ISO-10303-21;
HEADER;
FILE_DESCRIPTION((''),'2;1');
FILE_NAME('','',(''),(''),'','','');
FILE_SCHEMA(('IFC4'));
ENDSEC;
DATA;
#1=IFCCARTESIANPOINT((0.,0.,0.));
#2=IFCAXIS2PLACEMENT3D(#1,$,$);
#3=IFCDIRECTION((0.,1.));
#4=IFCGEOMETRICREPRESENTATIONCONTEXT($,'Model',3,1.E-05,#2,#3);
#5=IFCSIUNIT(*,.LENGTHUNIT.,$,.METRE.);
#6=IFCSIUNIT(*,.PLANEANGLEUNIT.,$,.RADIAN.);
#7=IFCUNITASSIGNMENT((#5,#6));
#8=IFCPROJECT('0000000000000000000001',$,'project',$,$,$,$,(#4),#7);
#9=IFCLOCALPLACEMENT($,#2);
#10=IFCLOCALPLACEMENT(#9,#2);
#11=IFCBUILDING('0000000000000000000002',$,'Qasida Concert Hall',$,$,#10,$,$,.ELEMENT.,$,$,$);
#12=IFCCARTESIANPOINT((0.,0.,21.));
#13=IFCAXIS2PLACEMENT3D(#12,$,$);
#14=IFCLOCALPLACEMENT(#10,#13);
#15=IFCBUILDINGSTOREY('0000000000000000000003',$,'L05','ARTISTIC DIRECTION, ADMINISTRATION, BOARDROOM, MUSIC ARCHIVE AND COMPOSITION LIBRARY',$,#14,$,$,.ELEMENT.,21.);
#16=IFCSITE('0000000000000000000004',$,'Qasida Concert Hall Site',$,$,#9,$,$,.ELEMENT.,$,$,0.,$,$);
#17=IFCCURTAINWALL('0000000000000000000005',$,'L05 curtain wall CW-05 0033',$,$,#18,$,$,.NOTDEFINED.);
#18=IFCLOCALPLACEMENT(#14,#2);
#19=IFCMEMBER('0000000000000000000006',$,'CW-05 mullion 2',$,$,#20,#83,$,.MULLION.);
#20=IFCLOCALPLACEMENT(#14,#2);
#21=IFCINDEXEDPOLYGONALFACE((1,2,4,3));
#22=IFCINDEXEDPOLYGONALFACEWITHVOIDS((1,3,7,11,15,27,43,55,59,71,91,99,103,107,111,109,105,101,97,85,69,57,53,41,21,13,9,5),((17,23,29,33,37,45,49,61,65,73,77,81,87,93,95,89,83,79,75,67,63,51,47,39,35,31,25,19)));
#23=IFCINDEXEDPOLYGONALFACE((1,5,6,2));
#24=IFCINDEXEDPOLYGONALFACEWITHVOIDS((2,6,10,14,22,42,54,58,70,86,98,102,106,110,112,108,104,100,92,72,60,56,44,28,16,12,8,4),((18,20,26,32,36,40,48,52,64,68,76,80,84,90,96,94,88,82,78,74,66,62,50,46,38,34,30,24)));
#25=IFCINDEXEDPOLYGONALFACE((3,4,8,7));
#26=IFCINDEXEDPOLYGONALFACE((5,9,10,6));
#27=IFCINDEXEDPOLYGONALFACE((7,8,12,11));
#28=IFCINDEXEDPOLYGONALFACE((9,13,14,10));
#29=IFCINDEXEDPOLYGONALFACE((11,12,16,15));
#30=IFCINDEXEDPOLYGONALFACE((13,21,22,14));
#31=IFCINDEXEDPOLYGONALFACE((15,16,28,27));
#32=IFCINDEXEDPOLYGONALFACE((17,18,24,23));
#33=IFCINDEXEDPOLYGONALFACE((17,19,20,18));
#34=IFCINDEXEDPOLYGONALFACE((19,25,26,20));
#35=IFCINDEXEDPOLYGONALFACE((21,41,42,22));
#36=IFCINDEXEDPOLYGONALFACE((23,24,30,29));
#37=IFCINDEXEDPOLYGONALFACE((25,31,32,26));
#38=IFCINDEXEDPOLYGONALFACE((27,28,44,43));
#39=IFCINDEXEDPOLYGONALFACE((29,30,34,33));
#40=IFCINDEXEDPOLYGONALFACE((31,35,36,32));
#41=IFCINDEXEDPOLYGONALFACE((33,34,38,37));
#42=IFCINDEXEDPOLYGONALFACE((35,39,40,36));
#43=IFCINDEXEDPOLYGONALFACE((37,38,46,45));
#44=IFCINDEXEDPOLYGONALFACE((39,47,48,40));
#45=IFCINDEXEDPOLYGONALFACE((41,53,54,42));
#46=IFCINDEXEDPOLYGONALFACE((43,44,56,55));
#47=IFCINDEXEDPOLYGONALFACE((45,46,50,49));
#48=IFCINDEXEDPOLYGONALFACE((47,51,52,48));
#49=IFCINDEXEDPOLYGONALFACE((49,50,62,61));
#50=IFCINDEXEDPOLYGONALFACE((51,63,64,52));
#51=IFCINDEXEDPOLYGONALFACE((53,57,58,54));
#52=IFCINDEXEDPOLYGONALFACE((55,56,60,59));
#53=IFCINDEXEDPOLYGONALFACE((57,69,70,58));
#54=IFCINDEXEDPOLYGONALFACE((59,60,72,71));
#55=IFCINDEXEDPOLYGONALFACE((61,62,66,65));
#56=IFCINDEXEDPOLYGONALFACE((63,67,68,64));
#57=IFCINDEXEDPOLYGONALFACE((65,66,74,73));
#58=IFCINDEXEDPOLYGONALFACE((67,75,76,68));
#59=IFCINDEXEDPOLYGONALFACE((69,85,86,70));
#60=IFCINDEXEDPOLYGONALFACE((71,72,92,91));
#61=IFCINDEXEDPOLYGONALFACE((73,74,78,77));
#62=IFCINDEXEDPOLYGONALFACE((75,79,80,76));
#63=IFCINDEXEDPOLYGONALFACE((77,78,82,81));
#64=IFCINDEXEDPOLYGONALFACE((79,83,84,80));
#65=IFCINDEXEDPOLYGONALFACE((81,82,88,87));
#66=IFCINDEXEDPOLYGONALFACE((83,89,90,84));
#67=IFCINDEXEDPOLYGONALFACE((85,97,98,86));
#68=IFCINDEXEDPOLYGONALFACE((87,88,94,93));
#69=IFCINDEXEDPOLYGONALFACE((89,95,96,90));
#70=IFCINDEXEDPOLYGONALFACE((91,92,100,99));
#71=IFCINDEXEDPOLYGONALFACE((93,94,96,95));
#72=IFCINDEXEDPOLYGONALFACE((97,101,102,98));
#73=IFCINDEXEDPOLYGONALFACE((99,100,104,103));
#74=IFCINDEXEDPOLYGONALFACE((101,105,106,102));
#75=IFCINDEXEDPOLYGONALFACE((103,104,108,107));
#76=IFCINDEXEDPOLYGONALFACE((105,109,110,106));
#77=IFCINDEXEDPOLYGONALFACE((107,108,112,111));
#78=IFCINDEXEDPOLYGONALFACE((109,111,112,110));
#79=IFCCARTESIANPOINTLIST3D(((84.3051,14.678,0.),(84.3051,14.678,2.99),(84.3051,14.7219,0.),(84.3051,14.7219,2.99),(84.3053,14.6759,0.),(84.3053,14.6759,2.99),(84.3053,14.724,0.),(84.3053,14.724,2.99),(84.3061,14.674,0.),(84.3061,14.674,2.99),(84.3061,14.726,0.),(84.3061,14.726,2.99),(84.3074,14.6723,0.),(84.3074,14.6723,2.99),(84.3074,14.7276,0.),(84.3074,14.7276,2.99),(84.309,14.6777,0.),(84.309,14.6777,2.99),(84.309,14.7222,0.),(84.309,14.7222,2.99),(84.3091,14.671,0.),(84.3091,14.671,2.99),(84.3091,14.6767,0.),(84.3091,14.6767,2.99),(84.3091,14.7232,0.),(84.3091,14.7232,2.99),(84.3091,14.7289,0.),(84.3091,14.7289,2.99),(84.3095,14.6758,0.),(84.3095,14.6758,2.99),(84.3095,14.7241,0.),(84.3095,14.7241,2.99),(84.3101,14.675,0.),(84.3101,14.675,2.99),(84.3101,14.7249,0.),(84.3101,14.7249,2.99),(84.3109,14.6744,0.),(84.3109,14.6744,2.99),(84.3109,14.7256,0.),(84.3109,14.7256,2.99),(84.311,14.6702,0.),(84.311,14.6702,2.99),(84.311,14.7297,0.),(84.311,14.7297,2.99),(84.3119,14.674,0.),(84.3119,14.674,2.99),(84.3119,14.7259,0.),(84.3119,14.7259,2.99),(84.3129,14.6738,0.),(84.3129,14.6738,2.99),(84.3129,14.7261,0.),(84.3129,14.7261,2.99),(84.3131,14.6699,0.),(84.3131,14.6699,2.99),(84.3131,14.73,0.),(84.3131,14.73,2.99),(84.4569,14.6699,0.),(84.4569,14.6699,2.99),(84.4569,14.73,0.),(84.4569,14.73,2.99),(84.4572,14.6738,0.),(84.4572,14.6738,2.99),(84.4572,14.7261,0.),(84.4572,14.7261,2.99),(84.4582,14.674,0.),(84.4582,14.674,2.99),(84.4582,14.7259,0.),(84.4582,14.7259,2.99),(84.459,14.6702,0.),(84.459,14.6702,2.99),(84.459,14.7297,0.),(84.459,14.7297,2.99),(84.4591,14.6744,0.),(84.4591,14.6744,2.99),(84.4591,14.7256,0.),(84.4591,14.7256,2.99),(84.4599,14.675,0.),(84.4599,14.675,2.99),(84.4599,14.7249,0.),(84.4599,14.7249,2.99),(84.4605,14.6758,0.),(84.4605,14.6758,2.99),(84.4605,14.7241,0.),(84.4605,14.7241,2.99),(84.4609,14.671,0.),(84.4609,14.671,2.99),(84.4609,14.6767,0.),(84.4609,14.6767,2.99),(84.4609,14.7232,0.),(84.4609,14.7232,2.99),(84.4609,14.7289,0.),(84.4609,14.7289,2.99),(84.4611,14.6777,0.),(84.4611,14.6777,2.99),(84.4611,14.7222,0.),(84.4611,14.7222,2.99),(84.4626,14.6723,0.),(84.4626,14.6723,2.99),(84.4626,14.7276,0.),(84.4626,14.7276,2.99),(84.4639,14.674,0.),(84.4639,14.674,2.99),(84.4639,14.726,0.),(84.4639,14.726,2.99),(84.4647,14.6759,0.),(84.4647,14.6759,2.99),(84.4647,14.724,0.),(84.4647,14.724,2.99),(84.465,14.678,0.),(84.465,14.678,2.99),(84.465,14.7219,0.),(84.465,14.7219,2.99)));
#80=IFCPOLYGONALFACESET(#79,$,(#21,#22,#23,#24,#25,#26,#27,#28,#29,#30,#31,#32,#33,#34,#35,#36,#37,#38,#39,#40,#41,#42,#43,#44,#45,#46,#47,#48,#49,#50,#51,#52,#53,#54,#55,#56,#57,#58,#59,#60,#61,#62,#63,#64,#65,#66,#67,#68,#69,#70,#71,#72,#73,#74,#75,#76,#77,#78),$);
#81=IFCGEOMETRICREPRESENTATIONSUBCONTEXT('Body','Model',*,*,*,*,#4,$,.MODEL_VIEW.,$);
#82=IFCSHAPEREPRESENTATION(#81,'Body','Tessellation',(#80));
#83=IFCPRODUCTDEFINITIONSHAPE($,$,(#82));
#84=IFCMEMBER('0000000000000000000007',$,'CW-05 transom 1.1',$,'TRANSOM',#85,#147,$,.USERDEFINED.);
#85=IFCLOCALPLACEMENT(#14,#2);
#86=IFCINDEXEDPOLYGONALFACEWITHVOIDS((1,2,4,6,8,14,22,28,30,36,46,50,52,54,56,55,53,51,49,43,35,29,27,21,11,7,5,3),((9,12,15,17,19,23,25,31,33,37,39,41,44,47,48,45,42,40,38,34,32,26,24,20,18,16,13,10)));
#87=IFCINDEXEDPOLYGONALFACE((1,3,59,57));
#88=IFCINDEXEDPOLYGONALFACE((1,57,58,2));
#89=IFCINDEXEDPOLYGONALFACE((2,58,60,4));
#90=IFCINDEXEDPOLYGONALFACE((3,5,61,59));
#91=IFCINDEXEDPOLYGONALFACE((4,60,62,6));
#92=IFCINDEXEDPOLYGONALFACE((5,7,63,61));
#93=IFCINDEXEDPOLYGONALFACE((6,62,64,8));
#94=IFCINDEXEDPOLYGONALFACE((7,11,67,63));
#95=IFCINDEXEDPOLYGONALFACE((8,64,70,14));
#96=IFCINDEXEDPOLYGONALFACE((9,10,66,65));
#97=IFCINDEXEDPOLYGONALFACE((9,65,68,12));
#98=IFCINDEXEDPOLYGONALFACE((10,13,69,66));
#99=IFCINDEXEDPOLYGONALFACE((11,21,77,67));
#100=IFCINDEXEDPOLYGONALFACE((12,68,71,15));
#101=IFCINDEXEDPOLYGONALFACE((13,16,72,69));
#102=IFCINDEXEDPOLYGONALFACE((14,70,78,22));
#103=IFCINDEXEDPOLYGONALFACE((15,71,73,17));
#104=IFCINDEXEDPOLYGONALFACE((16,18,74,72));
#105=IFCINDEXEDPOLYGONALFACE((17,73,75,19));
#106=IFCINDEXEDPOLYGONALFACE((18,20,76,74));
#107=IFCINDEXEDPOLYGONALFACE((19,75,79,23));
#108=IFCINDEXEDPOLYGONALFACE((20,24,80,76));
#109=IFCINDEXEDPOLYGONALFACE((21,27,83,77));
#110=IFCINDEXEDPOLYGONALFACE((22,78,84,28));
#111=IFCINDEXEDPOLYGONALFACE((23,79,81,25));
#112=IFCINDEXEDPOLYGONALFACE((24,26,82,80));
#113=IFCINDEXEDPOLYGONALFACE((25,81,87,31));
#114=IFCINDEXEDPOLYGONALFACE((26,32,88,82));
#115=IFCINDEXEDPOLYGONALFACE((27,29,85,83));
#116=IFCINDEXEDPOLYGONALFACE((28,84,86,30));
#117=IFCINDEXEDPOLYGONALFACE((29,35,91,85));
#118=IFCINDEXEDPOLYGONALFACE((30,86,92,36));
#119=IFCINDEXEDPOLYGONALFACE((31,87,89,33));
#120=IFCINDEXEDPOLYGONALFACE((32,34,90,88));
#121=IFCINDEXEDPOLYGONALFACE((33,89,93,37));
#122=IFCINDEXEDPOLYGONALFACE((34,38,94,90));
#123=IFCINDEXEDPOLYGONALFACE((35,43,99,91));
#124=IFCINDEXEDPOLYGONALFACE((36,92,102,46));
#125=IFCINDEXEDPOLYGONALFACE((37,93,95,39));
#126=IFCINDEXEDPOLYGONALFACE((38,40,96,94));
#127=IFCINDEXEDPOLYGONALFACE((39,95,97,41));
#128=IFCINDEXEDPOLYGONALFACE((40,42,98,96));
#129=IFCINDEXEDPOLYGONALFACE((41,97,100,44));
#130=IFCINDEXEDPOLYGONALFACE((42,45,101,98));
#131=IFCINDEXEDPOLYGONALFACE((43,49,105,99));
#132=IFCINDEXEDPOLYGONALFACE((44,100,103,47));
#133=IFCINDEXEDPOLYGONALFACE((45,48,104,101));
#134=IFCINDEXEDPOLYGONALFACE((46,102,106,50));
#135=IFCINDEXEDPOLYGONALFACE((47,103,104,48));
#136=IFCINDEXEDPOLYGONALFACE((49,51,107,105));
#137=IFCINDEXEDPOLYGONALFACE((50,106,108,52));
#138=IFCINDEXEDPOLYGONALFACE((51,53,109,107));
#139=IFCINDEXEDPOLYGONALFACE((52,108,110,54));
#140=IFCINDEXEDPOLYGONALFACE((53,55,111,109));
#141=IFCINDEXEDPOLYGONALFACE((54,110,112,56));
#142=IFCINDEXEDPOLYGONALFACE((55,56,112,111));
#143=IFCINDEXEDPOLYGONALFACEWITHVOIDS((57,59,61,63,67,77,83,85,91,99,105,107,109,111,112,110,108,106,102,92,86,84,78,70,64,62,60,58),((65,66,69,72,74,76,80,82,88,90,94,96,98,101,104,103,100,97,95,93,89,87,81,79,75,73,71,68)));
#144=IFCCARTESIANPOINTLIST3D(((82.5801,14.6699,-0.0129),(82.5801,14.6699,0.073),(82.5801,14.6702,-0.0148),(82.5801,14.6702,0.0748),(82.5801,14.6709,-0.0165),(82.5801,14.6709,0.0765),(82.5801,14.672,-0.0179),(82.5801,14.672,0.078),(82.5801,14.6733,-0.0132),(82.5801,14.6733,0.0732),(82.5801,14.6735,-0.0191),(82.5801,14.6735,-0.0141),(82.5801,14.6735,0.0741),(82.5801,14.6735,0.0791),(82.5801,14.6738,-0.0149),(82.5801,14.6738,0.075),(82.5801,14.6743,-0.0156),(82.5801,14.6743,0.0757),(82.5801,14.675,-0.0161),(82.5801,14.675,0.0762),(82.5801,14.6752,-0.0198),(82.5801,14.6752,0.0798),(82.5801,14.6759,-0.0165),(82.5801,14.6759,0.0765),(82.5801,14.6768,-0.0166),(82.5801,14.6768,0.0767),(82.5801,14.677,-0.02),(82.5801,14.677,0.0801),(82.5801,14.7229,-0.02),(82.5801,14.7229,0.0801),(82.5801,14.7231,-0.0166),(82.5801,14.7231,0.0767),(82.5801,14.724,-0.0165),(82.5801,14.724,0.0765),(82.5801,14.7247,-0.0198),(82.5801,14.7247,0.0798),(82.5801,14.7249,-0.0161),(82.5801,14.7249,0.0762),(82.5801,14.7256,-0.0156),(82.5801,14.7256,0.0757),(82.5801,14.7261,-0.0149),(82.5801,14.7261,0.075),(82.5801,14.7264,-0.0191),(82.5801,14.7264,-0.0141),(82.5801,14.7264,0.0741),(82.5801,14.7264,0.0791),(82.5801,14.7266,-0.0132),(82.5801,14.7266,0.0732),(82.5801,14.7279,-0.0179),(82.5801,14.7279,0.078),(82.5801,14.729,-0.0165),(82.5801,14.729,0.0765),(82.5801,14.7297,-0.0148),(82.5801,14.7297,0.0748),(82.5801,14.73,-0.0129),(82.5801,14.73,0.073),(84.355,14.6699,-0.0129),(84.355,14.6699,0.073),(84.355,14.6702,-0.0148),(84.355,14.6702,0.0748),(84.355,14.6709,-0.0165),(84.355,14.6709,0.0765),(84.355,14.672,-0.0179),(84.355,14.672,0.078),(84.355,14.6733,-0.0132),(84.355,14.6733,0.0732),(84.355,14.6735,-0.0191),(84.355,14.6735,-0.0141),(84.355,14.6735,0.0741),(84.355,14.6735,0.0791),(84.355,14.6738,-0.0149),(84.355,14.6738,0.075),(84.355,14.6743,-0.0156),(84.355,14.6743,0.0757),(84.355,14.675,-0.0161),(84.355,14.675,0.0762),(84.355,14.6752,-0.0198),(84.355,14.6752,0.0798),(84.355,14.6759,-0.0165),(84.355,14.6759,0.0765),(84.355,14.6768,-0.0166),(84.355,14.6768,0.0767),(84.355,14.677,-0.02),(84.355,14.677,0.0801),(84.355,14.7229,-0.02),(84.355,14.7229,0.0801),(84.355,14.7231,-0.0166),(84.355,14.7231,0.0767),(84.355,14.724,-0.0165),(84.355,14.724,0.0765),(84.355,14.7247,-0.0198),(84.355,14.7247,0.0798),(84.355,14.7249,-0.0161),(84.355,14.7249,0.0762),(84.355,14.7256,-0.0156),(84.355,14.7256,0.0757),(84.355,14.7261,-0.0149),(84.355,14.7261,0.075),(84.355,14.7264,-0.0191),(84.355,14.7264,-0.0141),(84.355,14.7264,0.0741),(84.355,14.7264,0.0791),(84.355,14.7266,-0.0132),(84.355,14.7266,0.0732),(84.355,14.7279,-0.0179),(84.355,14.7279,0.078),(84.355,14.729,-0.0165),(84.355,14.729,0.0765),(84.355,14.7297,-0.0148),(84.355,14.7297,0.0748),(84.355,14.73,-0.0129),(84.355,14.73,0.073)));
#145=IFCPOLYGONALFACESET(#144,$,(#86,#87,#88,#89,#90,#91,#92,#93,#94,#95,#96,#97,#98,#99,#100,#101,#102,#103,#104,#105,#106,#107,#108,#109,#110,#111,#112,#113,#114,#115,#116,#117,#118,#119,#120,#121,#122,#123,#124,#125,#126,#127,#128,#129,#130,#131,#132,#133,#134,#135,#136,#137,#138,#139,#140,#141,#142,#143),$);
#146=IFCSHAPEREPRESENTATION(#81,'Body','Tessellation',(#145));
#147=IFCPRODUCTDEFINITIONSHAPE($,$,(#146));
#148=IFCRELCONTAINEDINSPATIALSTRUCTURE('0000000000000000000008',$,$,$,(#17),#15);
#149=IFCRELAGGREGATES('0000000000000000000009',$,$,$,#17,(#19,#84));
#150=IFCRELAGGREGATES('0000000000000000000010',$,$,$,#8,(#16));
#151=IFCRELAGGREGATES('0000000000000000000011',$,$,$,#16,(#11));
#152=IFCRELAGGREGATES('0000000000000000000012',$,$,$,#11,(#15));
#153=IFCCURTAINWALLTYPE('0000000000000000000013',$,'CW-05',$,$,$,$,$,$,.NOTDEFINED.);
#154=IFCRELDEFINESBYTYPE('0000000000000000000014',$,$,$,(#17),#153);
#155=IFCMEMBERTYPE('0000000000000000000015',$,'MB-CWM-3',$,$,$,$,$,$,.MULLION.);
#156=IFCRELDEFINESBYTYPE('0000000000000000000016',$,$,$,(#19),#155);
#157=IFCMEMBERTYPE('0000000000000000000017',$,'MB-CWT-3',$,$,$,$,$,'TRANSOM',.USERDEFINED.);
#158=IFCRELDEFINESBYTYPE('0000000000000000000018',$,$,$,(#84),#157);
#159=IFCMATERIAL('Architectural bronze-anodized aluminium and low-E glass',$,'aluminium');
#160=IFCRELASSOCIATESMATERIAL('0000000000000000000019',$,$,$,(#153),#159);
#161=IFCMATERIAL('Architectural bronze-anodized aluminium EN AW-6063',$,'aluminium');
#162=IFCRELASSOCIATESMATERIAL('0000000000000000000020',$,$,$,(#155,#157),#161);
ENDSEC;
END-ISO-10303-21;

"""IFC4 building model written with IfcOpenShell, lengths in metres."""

from ifc_helpers import new_model, si_unit, direction, frame, origin, origin_2d, place, context, subcontext, project, spatial, hollow_rectangle, extrude, material, material_profile, profile_set, type_object, element, aggregate, save


model = new_model("IFC4")

# Units and contexts
model_context = context("Model", 3, precision=1e-05, world=origin(), true_north=direction((0.0, 1.0)))
body_context = subcontext(model_context, "Body", "Model", "MODEL_VIEW")
ifc_project = project(units=[si_unit("LENGTHUNIT", "METRE"), si_unit("PLANEANGLEUNIT", "RADIAN")], contexts=[model_context])

# Site, building, storey
site_placement = place(None, origin())
site = spatial("IfcSite", under=ifc_project, at=site_placement, Name="Qasida Concert Hall Site", CompositionType="ELEMENT", RefElevation=0.0)
building_placement = place(site_placement, origin())
building = spatial("IfcBuilding", under=site, at=building_placement, Name="Qasida Concert Hall", CompositionType="ELEMENT")
storey_placement = place(building_placement, frame((0.0, 0.0, 21.0)))
storey = spatial("IfcBuildingStorey", under=building, at=storey_placement, Name="L05", Description="ARTISTIC DIRECTION, ADMINISTRATION, BOARDROOM, MUSIC ARCHIVE AND COMPOSITION LIBRARY", CompositionType="ELEMENT", Elevation=21.0)

# Shared definitions
ifc_material_1 = material(Name="Architectural bronze-anodized aluminium and low-E glass", Category="aluminium")
curtain_wall_type = type_object("IfcCurtainWallType", Name="CW-05", PredefinedType="NOTDEFINED", material=ifc_material_1)
ifc_material_2 = material(Name="Architectural bronze-anodized aluminium EN AW-6063", Category="aluminium")
ifc_material_profile_1 = material_profile(ifc_material_2, hollow_rectangle(XDim=0.0601, YDim=0.1599, WallThickness=0.0039, InnerFilletRadius=0.0039, OuterFilletRadius=0.0081, at=origin_2d()), Name="CWM 160x60x4")
ifc_profile_set_1 = profile_set([ifc_material_profile_1], Name="Architectural bronze-anodized aluminium EN AW-6063")
member_type_1 = type_object("IfcMemberType", Name="MB-CWM-3", PredefinedType="MULLION", material=ifc_profile_set_1)

# Curtain wall, members
curtain_wall_1_placement = place(storey_placement, origin())
curtain_wall_1 = element("IfcCurtainWall", 1, at=curtain_wall_1_placement, inside=storey, type_object=curtain_wall_type, Name="L05 curtain wall CW-05 0033", PredefinedType="NOTDEFINED")
member_1_placement = place(storey_placement, frame((84.385, 14.7, 0.0), z_axis=(0.0, 0.0, 1.0), x_axis=(0.0, 1.0, 0.0)))
member_1 = element("IfcMember", 2, at=member_1_placement, type_object=member_type_1, Name="CW-05 mullion 2", PredefinedType="MULLION", context=body_context, shape_type="SweptSolid", body=[
    extrude(hollow_rectangle(XDim=0.0601, YDim=0.1599, WallThickness=0.0039, InnerFilletRadius=0.0039, OuterFilletRadius=0.0081, at=origin_2d()), origin(), (0.0, 0.0, 1.0), 2.99),
])
ifc_material_profile_2 = material_profile(ifc_material_2, hollow_rectangle(XDim=0.0601, YDim=0.1001, WallThickness=0.0034, InnerFilletRadius=0.0034, OuterFilletRadius=0.0071, at=origin_2d()), Name="CWT 100x60x3.5")
ifc_profile_set_2 = profile_set([ifc_material_profile_2], Name="Architectural bronze-anodized aluminium EN AW-6063")
member_type_2 = type_object("IfcMemberType", Name="MB-CWT-3", ElementType="TRANSOM", PredefinedType="USERDEFINED", material=ifc_profile_set_2)
member_2_placement = place(storey_placement, frame((82.5801, 14.7, 0.03), z_axis=(1.0, 0.0, 0.0), x_axis=(0.0, 1.0, 0.0)))
member_2 = element("IfcMember", 3, at=member_2_placement, type_object=member_type_2, Name="CW-05 transom 1.1", ObjectType="TRANSOM", PredefinedType="USERDEFINED", context=body_context, shape_type="SweptSolid", body=[
    extrude(hollow_rectangle(XDim=0.0601, YDim=0.1001, WallThickness=0.0034, InnerFilletRadius=0.0034, OuterFilletRadius=0.0071, at=origin_2d()), origin(), (0.0, 0.0, 1.0), 1.7749),
])

aggregate(curtain_wall_1, [member_1, member_2])

save(model, "model.ifc")
